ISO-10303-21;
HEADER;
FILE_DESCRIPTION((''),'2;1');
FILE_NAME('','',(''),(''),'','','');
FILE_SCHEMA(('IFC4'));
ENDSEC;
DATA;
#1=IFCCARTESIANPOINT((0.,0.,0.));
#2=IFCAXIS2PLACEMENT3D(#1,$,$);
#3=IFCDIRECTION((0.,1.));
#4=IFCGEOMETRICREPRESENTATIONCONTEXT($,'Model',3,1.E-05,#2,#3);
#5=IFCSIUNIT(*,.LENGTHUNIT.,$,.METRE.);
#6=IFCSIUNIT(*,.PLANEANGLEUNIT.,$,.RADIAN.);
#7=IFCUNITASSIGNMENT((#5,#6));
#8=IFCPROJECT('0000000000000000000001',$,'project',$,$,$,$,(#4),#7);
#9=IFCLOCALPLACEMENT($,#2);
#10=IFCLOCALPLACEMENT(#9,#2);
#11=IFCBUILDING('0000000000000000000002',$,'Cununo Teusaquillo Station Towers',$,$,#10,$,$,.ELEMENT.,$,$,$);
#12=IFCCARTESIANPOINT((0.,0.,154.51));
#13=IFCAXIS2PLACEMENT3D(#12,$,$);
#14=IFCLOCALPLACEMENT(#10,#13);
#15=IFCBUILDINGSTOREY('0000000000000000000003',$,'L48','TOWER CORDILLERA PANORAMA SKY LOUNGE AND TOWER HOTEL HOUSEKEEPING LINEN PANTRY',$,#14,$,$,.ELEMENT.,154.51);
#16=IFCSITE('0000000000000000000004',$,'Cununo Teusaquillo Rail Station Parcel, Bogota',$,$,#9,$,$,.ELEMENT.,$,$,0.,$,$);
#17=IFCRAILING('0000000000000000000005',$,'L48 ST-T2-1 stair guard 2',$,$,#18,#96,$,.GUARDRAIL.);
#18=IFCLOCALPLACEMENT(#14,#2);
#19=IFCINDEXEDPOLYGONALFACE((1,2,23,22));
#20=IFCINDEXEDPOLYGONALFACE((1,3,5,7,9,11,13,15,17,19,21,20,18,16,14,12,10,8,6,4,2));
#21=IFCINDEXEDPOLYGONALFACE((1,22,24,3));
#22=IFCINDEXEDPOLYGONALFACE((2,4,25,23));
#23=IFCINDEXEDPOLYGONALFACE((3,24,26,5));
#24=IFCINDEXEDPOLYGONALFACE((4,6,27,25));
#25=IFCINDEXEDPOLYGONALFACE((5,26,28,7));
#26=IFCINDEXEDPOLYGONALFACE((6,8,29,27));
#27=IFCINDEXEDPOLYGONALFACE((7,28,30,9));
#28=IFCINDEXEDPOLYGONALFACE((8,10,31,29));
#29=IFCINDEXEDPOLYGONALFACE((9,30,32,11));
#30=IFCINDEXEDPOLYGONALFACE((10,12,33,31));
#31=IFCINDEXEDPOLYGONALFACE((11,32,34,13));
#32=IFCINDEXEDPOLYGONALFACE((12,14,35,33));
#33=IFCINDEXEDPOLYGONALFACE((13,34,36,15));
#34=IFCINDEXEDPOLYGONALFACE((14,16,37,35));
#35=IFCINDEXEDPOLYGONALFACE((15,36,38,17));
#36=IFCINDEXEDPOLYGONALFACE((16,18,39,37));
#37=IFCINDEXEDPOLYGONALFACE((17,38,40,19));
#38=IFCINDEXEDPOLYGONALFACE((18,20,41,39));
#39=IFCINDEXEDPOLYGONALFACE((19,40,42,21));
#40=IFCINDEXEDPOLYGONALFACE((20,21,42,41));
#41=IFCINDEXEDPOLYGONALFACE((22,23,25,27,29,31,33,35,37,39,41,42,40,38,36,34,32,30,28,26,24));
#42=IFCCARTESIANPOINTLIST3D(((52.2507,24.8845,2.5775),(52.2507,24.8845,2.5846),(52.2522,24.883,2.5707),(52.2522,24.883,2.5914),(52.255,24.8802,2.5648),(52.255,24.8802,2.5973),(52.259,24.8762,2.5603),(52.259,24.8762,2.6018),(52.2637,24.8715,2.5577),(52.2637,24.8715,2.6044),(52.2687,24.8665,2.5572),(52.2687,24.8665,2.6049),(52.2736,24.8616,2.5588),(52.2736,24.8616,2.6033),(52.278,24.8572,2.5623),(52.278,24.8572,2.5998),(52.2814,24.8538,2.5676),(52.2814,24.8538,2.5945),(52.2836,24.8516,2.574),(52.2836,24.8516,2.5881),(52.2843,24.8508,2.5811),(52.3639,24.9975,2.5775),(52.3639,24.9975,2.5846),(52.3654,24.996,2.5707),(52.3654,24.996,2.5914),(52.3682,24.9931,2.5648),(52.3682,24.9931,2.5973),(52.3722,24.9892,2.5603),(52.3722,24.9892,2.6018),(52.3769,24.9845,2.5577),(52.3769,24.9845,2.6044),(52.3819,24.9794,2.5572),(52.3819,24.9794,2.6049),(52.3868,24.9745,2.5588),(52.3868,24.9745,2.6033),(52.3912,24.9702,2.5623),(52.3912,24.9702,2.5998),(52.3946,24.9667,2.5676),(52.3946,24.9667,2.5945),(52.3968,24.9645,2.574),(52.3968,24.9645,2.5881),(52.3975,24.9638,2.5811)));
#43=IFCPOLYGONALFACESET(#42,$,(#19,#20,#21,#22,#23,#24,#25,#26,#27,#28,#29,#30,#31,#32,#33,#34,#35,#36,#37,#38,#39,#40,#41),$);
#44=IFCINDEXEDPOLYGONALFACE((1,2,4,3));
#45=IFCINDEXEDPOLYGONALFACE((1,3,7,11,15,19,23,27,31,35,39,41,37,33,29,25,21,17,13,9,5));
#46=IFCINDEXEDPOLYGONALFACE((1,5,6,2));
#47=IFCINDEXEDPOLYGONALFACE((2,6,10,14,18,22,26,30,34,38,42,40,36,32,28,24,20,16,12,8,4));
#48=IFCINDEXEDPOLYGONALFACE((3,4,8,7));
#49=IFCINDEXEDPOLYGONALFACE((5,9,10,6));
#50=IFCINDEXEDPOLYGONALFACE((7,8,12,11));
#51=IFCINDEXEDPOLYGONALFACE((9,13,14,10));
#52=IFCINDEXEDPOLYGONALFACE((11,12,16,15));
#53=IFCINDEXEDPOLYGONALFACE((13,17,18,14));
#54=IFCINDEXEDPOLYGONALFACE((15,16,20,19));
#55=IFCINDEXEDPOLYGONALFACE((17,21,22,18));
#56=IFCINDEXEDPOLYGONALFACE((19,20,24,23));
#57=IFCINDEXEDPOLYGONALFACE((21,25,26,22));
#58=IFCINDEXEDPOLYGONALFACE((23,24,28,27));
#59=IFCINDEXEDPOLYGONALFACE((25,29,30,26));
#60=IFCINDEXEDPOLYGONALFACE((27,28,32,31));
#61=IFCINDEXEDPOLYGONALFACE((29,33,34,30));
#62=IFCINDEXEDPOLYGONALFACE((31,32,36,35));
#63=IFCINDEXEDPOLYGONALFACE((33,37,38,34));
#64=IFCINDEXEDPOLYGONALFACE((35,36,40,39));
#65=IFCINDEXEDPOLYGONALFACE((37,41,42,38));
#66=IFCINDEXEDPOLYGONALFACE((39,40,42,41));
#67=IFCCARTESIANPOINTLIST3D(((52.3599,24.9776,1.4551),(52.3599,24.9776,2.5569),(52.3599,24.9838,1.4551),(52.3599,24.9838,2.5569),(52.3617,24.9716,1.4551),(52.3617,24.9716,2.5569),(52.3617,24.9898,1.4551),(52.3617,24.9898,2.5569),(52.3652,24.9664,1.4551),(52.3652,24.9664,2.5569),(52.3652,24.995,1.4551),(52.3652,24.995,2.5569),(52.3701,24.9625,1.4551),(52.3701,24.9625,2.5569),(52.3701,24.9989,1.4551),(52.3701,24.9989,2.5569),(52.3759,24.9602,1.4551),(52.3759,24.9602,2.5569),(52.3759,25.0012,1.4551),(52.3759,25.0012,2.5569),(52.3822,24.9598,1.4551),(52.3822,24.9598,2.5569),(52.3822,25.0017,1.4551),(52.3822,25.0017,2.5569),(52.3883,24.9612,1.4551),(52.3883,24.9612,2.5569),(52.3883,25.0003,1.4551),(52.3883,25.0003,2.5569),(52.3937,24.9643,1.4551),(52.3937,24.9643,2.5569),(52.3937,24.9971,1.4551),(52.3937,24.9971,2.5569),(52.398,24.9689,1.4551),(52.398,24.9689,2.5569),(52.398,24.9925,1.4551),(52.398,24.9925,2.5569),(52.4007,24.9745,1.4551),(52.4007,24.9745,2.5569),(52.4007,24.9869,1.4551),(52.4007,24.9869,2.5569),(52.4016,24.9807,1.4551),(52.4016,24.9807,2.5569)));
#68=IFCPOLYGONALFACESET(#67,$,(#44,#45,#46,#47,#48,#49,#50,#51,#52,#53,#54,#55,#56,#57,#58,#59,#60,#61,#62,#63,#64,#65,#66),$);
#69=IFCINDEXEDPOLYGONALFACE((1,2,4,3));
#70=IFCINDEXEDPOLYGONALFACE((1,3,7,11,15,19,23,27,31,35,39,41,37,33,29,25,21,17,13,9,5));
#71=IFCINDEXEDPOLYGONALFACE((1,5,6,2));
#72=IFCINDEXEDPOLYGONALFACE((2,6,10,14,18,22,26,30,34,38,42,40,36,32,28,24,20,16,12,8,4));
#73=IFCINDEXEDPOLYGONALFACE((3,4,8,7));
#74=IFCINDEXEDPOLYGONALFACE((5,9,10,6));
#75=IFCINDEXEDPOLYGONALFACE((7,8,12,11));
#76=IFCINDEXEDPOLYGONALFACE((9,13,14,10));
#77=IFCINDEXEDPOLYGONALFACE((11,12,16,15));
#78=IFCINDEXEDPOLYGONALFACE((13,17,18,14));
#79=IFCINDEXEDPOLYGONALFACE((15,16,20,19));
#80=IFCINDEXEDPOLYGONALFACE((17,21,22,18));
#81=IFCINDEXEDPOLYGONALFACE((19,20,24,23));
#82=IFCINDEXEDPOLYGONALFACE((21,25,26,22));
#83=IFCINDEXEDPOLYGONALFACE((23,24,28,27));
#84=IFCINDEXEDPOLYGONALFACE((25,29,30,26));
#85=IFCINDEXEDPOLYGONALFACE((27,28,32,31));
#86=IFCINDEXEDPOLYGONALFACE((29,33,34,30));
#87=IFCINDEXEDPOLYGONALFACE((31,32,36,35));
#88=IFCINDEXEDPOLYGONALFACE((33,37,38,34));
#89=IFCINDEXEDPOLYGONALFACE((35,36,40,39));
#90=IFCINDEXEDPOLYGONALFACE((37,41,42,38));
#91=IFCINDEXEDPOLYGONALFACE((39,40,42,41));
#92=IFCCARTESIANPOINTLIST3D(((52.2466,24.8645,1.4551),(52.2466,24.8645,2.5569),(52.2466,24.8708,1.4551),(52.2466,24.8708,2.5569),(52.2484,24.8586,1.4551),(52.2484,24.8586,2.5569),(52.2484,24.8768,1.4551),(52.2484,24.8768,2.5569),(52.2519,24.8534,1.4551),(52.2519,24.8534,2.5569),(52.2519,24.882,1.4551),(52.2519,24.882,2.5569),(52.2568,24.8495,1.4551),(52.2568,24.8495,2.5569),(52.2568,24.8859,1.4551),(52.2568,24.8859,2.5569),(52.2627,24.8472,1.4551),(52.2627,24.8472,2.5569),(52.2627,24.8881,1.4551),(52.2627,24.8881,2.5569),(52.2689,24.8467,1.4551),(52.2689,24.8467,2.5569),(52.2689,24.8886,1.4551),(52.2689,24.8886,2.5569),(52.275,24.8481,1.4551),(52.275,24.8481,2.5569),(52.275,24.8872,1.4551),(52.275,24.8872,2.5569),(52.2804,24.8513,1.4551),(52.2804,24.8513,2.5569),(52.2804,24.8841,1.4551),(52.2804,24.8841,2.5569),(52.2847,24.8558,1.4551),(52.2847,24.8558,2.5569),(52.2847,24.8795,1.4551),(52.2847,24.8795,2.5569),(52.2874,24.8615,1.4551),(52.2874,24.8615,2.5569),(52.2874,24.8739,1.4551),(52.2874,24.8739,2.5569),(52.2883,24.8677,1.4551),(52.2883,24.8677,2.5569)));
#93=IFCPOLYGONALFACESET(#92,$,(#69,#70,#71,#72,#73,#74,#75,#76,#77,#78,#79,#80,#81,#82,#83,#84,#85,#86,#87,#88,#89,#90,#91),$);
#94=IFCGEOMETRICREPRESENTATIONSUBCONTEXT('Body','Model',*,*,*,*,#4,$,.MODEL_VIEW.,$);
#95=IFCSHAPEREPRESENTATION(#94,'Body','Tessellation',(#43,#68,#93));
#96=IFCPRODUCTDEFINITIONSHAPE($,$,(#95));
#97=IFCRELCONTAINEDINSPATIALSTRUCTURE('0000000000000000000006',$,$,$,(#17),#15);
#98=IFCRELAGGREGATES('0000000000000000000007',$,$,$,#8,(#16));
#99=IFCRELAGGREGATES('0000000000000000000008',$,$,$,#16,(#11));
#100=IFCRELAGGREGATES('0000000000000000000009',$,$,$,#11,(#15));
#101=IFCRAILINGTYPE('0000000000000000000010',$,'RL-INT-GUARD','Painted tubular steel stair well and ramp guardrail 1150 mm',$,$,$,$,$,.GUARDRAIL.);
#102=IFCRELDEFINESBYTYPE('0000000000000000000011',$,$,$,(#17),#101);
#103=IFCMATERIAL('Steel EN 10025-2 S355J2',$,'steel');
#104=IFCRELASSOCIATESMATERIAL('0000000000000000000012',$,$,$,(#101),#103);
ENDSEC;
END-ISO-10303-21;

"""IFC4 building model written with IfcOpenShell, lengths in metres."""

from ifc_helpers import new_model, si_unit, direction, frame, origin, origin_2d, place, context, subcontext, project, spatial, circle, extrude, material, type_object, element, save


model = new_model("IFC4")

# Units and contexts
model_context = context("Model", 3, precision=1e-05, world=origin(), true_north=direction((0.0, 1.0)))
body_context = subcontext(model_context, "Body", "Model", "MODEL_VIEW")
ifc_project = project(units=[si_unit("LENGTHUNIT", "METRE"), si_unit("PLANEANGLEUNIT", "RADIAN")], contexts=[model_context])

# Site, building, storey
site_placement = place(None, origin())
site = spatial("IfcSite", under=ifc_project, at=site_placement, Name="Cununo Teusaquillo Rail Station Parcel, Bogota", CompositionType="ELEMENT", RefElevation=0.0)
building_placement = place(site_placement, origin())
building = spatial("IfcBuilding", under=site, at=building_placement, Name="Cununo Teusaquillo Station Towers", CompositionType="ELEMENT")
storey_placement = place(building_placement, frame((0.0, 0.0, 154.51)))
storey = spatial("IfcBuildingStorey", under=building, at=storey_placement, Name="L48", Description="TOWER CORDILLERA PANORAMA SKY LOUNGE AND TOWER HOTEL HOUSEKEEPING LINEN PANTRY", CompositionType="ELEMENT", Elevation=154.51)

# Railing
ifc_material_1 = material(Name="Steel EN 10025-2 S355J2", Category="steel")
railing_type_1 = type_object("IfcRailingType", Name="RL-INT-GUARD", Description="Painted tubular steel stair well and ramp guardrail 1150 mm", PredefinedType="GUARDRAIL", material=ifc_material_1)
railing_1_placement = place(storey_placement, frame((52.3806, 24.9807, 1.4551)))
element("IfcRailing", 1, at=railing_1_placement, inside=storey, type_object=railing_type_1, Name="L48 ST-T2-1 stair guard 2", PredefinedType="GUARDRAIL", context=body_context, shape_type="SweptSolid", body=[
    extrude(circle(Radius=0.0239, at=origin_2d()), frame((0.0, 0.0, 1.126), z_axis=(-0.707869, -0.706344, 0.0), x_axis=(0.706344, -0.707869, 0.0)), (0.0, 0.0, 1.0), 0.1599),
    extrude(circle(Radius=0.021, at=origin_2d()), origin(), (0.0, 0.0, 1.0), 1.1018),
    extrude(circle(Radius=0.021, at=origin_2d()), frame((-0.1133, -0.113, 0.0)), (0.0, 0.0, 1.0), 1.1018),
])

save(model, "model.ifc")
